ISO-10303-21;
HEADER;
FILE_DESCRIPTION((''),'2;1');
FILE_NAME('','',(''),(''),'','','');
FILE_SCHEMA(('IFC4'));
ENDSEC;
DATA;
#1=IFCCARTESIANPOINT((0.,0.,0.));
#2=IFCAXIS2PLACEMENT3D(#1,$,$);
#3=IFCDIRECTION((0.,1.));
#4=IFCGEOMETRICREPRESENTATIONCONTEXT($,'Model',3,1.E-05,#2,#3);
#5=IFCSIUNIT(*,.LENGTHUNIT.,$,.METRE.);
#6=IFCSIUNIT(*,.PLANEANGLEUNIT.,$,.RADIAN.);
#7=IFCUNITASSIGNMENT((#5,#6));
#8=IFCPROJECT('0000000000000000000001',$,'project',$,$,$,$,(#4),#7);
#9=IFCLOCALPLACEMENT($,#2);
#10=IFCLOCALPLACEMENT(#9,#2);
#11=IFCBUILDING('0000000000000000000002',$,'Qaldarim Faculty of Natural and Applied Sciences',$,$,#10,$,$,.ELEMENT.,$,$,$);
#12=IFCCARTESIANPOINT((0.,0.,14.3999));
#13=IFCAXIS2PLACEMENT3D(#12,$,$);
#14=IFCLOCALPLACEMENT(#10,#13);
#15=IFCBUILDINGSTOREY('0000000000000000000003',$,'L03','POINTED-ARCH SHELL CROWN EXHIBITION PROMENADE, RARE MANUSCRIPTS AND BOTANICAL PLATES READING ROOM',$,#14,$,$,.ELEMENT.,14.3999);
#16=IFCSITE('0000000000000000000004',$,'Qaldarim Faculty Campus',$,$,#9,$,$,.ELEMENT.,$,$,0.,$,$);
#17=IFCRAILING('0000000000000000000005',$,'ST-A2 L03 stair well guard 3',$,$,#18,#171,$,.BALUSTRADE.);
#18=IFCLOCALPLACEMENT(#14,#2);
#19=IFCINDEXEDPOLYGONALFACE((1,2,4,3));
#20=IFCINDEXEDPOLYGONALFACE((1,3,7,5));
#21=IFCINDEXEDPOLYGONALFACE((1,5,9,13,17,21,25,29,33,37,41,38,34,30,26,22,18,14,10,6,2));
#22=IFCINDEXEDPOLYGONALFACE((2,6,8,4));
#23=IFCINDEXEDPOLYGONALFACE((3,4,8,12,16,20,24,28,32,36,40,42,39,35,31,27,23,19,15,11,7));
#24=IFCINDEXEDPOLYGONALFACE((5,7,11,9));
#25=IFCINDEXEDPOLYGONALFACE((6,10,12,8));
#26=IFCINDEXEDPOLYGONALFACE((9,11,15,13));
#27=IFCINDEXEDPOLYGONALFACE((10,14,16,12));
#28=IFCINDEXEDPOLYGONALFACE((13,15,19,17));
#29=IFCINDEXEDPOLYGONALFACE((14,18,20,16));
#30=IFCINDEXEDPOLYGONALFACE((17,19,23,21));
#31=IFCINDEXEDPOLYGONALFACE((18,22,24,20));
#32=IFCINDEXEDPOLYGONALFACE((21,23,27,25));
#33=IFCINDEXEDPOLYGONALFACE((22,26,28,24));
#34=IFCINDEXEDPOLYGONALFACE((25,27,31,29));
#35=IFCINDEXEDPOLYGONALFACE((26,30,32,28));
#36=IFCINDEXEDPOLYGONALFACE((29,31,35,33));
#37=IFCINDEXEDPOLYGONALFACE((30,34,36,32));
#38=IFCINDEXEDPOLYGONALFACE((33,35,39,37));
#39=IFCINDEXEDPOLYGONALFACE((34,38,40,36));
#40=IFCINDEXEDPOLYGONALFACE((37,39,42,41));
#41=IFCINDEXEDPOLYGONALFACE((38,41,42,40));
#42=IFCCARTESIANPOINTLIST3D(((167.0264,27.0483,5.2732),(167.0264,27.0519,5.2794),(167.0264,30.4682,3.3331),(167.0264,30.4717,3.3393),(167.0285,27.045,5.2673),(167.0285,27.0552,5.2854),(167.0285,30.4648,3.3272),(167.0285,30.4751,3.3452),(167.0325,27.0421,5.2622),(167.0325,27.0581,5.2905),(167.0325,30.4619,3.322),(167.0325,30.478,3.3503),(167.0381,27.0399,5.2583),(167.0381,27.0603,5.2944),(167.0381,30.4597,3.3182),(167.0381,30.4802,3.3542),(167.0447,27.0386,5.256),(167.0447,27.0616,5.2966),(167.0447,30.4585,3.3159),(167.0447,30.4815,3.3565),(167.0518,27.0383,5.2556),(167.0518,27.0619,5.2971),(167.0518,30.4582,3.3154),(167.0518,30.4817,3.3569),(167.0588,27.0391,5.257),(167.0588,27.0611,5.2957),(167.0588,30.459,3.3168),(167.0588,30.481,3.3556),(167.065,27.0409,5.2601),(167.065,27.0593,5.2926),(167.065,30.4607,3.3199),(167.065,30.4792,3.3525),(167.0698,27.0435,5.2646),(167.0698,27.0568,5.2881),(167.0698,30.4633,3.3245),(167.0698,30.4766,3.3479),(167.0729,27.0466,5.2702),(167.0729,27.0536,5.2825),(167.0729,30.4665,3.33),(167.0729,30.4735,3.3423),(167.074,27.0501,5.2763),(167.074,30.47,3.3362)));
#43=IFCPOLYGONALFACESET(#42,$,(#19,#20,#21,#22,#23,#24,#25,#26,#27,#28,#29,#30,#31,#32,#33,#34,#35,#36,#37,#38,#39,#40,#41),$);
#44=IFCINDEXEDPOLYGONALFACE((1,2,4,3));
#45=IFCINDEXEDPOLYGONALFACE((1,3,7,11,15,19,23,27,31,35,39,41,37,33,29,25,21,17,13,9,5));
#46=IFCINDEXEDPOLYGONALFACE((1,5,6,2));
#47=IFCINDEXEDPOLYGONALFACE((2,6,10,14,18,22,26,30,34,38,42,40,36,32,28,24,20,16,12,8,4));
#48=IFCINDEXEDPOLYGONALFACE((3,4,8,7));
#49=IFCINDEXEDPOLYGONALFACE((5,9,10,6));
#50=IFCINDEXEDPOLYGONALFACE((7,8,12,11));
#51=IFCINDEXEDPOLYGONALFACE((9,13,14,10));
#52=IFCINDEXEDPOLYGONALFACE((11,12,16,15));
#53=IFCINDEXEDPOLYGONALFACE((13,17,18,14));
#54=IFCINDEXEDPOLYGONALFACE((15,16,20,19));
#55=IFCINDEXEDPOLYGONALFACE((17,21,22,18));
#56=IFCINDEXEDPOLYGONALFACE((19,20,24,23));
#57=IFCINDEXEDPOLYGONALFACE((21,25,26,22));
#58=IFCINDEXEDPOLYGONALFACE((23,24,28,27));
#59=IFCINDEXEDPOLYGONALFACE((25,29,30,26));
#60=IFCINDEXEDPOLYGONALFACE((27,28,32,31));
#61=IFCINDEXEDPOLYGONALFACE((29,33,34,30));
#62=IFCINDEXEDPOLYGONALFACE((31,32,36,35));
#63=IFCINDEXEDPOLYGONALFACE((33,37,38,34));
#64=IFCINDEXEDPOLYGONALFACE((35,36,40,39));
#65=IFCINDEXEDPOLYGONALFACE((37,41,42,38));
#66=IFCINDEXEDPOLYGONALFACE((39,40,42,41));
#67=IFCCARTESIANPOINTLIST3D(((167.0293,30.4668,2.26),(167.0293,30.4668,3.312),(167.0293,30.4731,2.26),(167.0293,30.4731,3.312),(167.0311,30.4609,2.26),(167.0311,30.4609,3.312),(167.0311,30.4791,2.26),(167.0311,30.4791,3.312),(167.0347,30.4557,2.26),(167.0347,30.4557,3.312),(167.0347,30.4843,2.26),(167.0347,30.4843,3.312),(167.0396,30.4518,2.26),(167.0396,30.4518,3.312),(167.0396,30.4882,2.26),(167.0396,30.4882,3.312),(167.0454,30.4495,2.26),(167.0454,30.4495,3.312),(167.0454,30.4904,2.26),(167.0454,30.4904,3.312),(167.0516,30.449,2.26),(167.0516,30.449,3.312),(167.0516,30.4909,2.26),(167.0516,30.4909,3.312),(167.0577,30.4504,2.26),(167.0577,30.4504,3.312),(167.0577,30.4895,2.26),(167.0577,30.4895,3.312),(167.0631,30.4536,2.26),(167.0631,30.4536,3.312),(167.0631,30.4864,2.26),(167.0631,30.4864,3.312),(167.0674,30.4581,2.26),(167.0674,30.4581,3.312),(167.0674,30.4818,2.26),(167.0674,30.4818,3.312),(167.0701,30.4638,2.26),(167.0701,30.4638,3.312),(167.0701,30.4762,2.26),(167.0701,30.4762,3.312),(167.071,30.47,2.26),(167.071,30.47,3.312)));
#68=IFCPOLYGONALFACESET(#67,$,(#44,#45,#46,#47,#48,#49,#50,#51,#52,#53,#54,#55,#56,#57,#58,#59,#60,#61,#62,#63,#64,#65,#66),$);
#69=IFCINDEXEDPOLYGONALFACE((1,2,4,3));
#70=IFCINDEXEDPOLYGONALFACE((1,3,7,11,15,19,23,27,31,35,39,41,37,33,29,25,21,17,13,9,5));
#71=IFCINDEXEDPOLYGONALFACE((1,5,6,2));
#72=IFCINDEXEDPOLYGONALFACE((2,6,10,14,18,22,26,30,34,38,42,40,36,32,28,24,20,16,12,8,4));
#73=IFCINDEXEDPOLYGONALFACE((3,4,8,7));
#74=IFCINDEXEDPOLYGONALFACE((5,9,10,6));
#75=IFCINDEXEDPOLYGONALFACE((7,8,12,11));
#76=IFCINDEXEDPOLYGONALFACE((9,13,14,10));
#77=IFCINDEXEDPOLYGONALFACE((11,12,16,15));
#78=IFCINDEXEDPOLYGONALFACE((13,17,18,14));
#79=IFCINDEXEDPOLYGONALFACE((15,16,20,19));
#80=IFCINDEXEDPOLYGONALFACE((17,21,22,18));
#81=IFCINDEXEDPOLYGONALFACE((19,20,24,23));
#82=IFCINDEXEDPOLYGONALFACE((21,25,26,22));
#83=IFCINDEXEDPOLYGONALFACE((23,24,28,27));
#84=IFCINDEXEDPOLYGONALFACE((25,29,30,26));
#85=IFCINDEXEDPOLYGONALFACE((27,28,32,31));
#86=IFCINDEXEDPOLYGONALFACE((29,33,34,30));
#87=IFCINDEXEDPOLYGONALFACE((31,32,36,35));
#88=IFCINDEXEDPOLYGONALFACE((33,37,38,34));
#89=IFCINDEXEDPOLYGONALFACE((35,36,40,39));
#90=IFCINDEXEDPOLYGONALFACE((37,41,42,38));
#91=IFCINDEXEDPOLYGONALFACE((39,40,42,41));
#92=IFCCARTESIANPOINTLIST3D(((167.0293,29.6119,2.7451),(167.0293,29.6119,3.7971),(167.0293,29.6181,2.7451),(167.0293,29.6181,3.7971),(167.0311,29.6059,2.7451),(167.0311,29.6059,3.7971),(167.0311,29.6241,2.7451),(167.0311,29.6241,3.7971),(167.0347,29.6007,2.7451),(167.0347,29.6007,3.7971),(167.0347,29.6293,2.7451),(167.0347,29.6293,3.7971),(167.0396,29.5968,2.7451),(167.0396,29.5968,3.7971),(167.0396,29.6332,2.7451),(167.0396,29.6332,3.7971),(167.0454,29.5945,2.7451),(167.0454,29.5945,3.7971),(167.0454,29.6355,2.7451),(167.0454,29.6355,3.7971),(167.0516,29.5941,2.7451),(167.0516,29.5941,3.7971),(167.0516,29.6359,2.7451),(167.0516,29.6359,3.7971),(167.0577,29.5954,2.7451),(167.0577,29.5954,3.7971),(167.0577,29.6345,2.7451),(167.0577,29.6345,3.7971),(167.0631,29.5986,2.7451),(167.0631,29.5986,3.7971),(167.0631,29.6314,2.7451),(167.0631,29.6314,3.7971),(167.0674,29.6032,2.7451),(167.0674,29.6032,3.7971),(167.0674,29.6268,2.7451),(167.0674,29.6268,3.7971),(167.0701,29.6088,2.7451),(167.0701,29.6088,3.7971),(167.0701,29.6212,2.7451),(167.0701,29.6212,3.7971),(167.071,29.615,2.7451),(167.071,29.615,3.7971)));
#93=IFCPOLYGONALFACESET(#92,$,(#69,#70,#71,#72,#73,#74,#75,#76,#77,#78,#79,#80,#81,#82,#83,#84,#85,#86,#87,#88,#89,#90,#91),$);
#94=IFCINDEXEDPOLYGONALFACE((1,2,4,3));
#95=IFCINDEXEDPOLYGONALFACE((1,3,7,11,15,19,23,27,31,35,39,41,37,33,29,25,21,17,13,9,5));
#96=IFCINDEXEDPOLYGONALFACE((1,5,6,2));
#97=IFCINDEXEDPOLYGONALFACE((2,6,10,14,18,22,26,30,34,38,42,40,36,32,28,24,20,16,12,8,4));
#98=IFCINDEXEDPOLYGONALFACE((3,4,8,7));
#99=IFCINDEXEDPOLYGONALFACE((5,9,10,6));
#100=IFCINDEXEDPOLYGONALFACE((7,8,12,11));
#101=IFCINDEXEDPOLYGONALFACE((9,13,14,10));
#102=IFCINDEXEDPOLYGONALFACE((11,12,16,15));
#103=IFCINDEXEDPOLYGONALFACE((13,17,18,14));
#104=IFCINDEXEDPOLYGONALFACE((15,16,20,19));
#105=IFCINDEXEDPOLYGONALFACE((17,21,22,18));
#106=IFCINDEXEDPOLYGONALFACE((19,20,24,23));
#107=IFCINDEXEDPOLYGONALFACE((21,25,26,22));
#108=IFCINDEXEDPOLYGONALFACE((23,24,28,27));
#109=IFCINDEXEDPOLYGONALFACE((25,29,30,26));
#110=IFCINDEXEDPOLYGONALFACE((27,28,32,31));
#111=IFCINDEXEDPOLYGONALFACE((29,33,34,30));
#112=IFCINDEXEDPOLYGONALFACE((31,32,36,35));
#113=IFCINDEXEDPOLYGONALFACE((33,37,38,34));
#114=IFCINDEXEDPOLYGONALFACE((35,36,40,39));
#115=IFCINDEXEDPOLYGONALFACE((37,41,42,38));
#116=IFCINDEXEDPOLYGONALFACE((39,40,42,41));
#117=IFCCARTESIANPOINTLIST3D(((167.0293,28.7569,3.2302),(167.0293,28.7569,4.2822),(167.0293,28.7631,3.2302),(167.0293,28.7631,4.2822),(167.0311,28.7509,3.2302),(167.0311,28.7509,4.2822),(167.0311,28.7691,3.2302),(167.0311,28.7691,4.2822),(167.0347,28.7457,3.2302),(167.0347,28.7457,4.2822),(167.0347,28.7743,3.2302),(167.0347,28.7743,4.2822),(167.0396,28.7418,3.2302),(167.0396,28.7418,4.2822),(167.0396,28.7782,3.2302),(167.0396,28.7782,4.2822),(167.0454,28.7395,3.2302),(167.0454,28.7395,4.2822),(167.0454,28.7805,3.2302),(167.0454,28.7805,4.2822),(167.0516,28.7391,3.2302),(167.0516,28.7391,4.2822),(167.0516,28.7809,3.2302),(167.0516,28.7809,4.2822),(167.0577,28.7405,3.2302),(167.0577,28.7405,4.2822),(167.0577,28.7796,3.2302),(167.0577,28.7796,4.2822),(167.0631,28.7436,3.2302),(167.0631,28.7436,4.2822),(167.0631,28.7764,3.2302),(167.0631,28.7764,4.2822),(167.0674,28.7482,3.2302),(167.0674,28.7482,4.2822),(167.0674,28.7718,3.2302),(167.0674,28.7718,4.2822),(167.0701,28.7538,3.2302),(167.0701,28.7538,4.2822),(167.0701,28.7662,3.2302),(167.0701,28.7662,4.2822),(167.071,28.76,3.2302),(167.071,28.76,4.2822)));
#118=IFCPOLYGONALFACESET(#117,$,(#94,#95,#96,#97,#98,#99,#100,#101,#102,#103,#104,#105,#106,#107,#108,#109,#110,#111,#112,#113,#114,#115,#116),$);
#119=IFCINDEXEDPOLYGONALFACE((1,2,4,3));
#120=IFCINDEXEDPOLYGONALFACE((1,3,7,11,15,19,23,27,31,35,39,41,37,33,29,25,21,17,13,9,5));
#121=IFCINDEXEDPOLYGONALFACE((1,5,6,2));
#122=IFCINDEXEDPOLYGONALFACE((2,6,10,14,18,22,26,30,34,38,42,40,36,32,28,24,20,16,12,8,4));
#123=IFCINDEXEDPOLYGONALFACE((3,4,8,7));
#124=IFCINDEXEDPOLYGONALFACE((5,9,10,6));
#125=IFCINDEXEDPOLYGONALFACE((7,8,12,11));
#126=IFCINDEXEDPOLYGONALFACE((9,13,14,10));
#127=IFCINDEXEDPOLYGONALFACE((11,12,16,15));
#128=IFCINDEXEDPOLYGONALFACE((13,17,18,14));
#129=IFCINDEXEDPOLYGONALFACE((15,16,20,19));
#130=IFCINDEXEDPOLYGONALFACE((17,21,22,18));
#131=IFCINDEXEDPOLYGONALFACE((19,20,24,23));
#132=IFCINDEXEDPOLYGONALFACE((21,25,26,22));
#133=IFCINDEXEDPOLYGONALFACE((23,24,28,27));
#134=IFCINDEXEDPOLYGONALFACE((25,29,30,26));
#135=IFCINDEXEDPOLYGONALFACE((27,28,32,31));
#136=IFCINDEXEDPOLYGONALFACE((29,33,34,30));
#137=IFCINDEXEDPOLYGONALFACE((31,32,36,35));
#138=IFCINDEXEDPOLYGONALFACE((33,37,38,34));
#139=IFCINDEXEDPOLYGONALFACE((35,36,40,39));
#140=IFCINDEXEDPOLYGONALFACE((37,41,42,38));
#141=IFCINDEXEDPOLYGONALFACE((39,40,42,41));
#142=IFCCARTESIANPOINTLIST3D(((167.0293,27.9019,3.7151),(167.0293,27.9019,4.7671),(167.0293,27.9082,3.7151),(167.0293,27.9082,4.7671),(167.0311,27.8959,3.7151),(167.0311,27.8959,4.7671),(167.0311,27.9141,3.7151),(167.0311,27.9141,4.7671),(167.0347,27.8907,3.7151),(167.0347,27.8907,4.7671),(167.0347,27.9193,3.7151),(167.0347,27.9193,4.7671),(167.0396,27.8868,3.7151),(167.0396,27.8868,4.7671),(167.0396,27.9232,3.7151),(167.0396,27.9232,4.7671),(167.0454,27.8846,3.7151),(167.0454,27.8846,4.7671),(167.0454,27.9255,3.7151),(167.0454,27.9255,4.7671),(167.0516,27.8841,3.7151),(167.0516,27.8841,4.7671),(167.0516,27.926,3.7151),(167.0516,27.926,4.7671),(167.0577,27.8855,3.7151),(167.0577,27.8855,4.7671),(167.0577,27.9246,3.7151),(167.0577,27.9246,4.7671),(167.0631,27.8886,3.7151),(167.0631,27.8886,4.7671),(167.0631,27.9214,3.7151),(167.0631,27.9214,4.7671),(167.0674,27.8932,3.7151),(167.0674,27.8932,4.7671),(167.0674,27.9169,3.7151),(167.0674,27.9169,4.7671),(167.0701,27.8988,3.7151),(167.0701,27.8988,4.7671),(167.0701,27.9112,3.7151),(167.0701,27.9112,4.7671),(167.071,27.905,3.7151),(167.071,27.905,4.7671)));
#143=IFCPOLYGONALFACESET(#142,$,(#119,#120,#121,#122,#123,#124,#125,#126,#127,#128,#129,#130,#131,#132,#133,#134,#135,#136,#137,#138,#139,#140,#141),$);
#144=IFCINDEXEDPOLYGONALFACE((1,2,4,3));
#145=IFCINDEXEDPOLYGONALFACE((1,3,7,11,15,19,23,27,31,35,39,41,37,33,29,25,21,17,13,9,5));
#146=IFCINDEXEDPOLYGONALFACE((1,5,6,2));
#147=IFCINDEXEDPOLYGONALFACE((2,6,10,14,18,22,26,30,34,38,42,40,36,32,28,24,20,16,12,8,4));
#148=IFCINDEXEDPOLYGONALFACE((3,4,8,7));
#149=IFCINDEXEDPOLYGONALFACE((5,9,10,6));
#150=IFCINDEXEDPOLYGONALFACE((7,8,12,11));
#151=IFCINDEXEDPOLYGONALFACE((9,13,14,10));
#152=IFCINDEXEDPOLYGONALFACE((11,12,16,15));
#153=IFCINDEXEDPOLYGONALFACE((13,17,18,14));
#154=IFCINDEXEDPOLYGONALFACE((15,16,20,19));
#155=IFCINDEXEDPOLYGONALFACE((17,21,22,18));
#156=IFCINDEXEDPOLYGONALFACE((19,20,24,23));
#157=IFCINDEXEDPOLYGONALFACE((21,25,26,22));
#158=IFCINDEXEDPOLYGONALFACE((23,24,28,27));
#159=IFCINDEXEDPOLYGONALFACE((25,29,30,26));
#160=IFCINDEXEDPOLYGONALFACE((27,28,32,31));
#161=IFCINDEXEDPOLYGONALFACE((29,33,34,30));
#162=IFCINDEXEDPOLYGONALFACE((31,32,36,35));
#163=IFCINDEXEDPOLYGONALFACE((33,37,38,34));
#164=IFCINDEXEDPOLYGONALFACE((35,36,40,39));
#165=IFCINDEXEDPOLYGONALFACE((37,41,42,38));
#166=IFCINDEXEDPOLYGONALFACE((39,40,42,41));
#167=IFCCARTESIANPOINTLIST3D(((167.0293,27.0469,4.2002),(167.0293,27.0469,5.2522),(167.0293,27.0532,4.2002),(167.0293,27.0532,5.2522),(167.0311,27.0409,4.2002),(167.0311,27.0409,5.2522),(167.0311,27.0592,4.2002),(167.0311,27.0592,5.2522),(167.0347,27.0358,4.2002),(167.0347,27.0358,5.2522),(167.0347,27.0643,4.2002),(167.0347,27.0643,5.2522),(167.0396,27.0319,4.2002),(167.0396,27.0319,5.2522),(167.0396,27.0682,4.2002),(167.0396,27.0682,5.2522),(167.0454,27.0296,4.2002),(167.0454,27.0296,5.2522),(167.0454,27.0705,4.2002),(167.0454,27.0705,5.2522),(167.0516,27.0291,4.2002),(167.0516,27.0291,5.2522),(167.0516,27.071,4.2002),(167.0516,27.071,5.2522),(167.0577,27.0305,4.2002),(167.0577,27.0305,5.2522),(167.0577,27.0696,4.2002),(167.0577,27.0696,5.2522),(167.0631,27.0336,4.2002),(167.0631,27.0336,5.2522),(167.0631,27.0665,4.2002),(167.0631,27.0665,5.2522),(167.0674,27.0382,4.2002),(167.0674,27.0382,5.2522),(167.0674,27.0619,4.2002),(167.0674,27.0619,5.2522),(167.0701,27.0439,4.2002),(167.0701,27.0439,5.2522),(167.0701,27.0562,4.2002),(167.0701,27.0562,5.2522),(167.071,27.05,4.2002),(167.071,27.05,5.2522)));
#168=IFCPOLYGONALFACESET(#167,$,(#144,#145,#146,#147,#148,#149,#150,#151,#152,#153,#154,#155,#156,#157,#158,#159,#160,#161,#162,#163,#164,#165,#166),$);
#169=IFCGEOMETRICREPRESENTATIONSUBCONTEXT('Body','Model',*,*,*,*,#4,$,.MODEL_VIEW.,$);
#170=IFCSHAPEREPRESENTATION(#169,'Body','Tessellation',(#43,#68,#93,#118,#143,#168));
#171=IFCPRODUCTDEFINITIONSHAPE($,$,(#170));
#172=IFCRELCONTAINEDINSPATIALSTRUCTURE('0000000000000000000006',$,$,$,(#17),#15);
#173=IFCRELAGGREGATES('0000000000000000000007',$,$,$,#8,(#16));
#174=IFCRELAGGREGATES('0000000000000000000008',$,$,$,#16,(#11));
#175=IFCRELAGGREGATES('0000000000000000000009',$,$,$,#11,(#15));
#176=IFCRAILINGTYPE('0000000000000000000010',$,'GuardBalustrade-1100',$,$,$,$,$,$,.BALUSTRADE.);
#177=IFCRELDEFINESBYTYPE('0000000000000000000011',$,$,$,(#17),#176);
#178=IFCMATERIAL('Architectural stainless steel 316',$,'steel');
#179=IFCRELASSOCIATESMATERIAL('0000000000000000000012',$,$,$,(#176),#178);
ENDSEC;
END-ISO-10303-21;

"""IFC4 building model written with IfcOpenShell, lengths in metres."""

from ifc_helpers import new_model, si_unit, direction, frame, origin, origin_2d, place, context, subcontext, project, spatial, circle, extrude, material, type_object, element, save


model = new_model("IFC4")

# Units and contexts
model_context = context("Model", 3, precision=1e-05, world=origin(), true_north=direction((0.0, 1.0)))
body_context = subcontext(model_context, "Body", "Model", "MODEL_VIEW")
ifc_project = project(units=[si_unit("LENGTHUNIT", "METRE"), si_unit("PLANEANGLEUNIT", "RADIAN")], contexts=[model_context])

# Site, building, storey
site_placement = place(None, origin())
site = spatial("IfcSite", under=ifc_project, at=site_placement, Name="Qaldarim Faculty Campus", CompositionType="ELEMENT", RefElevation=0.0)
building_placement = place(site_placement, origin())
building = spatial("IfcBuilding", under=site, at=building_placement, Name="Qaldarim Faculty of Natural and Applied Sciences", CompositionType="ELEMENT")
storey_placement = place(building_placement, frame((0.0, 0.0, 14.3999)))
storey = spatial("IfcBuildingStorey", under=building, at=storey_placement, Name="L03", Description="POINTED-ARCH SHELL CROWN EXHIBITION PROMENADE, RARE MANUSCRIPTS AND BOTANICAL PLATES READING ROOM", CompositionType="ELEMENT", Elevation=14.3999)

# Shared definitions
ifc_material_1 = material(Name="Architectural stainless steel 316", Category="steel")

# Railing
railing_type_1 = type_object("IfcRailingType", Name="GuardBalustrade-1100", PredefinedType="BALUSTRADE", material=ifc_material_1)
railing_1_placement = place(storey_placement, frame((167.05, 30.47, 2.26)))
element("IfcRailing", 1, at=railing_1_placement, inside=storey, type_object=railing_type_1, Name="ST-A2 L03 stair well guard 3", PredefinedType="BALUSTRADE", context=body_context, shape_type="SweptSolid", body=[
    extrude(circle(Radius=0.0239, at=origin_2d()), frame((0.0, 0.0, 1.0762), z_axis=(0.0, -0.869779, 0.493442), x_axis=(1.0, 0.0, 0.0)), (0.0, 0.0, 1.0), 3.9319),
    extrude(circle(Radius=0.021, at=origin_2d()), origin(), (0.0, 0.0, 1.0), 1.052),
    extrude(circle(Radius=0.021, at=origin_2d()), frame((0.0, -0.855, 0.4851)), (0.0, 0.0, 1.0), 1.052),
    extrude(circle(Radius=0.021, at=origin_2d()), frame((0.0, -1.71, 0.9702)), (0.0, 0.0, 1.0), 1.052),
    extrude(circle(Radius=0.021, at=origin_2d()), frame((0.0, -2.5649, 1.4551)), (0.0, 0.0, 1.0), 1.052),
    extrude(circle(Radius=0.021, at=origin_2d()), frame((0.0, -3.4199, 1.9402)), (0.0, 0.0, 1.0), 1.052),
])

save(model, "model.ifc")
